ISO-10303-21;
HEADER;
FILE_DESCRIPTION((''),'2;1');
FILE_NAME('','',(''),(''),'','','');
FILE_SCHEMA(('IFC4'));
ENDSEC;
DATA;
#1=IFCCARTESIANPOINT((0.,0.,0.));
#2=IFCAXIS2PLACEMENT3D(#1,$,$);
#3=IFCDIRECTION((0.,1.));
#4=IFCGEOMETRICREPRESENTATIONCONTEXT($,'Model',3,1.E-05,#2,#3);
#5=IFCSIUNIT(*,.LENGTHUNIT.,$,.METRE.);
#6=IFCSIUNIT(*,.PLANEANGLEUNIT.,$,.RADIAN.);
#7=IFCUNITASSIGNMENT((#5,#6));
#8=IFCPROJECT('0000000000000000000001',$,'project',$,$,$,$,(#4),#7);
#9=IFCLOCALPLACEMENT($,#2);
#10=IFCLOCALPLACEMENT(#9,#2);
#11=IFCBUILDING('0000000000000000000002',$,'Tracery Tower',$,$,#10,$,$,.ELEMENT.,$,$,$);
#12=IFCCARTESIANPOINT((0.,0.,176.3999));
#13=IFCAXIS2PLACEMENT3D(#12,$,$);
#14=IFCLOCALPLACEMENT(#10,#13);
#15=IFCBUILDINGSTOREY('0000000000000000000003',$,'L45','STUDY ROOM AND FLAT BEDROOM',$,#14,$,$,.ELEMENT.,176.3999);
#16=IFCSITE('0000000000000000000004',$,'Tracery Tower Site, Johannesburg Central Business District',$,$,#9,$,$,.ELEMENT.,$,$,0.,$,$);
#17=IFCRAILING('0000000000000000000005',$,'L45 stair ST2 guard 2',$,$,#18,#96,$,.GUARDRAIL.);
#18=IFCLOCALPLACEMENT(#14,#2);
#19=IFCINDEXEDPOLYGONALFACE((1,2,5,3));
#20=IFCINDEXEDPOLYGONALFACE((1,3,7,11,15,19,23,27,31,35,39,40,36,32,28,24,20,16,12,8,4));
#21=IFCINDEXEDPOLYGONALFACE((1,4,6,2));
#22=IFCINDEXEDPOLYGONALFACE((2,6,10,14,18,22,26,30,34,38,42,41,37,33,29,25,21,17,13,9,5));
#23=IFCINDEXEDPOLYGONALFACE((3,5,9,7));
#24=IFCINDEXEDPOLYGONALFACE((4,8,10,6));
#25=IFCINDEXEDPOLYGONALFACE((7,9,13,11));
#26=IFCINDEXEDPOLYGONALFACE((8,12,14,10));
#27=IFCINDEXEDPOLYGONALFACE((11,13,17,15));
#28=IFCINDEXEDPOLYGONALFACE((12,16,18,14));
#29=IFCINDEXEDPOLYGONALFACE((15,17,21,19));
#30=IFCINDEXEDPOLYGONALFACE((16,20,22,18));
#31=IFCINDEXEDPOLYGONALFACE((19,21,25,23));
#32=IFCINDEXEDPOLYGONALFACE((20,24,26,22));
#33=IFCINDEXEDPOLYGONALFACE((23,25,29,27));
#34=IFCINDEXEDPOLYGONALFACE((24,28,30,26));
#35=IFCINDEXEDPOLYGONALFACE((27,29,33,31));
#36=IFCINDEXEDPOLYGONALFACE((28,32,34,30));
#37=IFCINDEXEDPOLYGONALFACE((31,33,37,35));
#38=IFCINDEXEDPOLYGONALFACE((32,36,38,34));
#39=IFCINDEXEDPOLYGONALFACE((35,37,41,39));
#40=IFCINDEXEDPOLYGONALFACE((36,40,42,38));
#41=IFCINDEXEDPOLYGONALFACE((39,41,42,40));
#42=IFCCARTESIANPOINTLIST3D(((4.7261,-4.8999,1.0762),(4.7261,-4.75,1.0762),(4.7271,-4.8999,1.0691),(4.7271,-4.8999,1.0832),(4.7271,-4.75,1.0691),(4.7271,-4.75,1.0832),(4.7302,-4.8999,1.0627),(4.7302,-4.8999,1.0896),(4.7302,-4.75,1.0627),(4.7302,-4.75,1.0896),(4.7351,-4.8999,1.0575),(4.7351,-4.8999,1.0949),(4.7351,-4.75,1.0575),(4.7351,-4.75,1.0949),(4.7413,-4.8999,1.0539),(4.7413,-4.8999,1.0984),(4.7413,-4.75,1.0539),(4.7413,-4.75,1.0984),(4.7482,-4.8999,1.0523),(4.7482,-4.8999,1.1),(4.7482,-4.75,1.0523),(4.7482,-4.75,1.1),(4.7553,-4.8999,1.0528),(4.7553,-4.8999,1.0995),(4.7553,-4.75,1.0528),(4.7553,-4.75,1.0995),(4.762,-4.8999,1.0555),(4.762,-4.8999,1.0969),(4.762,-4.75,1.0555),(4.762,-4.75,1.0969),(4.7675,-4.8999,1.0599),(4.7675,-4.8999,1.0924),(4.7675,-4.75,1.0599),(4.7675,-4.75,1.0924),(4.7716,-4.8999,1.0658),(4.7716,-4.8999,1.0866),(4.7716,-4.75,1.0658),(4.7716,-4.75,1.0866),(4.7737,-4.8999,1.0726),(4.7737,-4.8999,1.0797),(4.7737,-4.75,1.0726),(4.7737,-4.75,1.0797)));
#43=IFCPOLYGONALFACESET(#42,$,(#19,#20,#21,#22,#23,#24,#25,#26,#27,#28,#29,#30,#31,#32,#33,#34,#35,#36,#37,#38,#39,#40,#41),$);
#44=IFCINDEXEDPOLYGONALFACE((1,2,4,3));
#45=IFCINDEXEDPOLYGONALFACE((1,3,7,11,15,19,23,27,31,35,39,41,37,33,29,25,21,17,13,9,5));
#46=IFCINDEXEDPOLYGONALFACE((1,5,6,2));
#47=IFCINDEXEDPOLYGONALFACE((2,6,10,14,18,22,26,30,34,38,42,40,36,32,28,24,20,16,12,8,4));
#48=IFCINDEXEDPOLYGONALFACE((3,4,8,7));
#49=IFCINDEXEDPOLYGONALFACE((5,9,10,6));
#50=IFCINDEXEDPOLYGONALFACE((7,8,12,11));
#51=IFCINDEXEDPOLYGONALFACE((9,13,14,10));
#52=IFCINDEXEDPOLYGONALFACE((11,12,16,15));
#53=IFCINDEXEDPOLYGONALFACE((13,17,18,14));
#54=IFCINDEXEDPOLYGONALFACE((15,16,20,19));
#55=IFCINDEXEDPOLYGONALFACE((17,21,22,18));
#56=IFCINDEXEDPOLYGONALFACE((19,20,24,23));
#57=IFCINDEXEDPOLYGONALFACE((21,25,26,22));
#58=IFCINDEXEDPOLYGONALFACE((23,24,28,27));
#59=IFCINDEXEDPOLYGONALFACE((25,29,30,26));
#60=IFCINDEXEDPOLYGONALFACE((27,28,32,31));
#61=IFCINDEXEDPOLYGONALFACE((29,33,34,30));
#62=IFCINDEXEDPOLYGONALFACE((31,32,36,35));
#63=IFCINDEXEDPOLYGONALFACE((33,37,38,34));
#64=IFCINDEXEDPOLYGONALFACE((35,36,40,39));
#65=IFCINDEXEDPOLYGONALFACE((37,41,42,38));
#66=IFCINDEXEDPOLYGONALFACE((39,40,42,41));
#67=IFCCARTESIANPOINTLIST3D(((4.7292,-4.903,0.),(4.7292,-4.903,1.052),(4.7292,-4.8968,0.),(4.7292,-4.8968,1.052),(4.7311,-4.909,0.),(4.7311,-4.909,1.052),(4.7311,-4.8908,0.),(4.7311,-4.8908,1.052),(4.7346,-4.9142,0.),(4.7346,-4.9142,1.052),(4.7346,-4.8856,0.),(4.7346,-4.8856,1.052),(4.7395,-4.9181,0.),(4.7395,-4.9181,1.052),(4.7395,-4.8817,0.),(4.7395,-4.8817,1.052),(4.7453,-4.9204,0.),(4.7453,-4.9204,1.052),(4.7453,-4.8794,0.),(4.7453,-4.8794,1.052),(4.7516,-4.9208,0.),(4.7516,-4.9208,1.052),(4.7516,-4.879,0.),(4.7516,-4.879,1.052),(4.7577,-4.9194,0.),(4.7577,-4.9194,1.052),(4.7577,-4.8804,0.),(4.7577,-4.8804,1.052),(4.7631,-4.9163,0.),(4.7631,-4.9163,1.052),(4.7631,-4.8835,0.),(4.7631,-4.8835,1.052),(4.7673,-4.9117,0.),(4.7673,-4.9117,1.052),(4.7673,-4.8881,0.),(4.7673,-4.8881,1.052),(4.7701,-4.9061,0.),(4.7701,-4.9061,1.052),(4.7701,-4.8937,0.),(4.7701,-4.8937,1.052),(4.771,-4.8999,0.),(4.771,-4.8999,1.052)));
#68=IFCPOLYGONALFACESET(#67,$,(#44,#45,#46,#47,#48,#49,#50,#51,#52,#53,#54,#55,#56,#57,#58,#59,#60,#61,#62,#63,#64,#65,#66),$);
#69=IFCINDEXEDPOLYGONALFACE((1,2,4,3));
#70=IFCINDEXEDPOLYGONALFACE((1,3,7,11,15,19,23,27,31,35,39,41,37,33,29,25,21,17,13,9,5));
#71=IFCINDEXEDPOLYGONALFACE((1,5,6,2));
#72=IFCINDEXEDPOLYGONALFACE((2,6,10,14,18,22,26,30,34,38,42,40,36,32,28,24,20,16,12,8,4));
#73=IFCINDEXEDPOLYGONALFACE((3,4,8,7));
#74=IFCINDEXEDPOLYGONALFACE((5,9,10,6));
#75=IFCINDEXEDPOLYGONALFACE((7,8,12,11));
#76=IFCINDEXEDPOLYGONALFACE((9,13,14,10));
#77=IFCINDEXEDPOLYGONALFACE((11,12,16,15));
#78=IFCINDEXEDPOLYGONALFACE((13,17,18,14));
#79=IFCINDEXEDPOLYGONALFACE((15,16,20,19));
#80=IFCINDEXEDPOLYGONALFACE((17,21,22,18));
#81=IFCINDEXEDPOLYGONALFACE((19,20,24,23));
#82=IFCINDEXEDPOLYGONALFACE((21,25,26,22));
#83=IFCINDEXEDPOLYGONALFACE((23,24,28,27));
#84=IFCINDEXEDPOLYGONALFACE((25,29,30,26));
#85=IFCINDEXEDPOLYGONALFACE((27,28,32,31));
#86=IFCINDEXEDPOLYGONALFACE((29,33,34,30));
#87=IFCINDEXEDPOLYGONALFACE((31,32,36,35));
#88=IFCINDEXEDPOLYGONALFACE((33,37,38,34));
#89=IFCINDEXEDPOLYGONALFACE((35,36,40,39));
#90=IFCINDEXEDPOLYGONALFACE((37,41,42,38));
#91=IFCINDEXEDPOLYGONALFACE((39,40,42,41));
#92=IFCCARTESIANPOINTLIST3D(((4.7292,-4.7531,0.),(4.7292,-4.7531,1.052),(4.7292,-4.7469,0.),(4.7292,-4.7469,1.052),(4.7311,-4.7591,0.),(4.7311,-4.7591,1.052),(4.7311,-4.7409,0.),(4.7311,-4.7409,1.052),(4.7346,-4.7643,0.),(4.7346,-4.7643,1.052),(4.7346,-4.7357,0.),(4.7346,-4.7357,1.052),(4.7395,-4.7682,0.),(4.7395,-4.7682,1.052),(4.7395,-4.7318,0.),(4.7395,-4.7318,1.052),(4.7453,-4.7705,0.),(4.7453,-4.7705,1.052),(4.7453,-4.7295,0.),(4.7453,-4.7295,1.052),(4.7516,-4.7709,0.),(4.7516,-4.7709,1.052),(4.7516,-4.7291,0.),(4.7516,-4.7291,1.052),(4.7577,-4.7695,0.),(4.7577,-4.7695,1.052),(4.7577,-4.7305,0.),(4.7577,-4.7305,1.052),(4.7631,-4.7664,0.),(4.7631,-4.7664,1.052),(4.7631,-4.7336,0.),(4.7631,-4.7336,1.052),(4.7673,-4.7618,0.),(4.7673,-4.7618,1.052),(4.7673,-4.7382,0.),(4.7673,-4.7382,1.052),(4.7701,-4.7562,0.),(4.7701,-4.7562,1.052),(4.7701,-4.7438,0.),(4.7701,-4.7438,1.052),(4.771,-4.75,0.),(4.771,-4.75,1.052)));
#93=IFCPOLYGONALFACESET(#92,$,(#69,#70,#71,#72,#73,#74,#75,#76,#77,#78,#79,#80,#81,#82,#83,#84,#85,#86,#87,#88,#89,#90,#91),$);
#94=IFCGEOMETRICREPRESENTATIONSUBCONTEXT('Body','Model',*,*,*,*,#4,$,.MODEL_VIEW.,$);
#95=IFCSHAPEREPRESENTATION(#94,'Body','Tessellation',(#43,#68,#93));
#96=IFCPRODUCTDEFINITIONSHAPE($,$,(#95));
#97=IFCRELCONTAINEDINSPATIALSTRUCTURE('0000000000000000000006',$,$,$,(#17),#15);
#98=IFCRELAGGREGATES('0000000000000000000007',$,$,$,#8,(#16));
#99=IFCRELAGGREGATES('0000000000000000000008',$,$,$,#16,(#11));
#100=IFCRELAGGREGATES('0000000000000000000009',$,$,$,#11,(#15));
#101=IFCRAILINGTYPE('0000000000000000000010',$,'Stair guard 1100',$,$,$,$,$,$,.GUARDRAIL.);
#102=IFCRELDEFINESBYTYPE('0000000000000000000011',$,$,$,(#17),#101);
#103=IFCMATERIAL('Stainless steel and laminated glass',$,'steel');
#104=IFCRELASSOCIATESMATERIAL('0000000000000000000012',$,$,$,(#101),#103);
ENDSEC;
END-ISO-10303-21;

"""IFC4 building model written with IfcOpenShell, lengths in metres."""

from ifc_helpers import new_model, si_unit, direction, frame, origin, origin_2d, place, context, subcontext, project, spatial, circle, extrude, material, type_object, element, save


model = new_model("IFC4")

# Units and contexts
model_context = context("Model", 3, precision=1e-05, world=origin(), true_north=direction((0.0, 1.0)))
body_context = subcontext(model_context, "Body", "Model", "MODEL_VIEW")
ifc_project = project(units=[si_unit("LENGTHUNIT", "METRE"), si_unit("PLANEANGLEUNIT", "RADIAN")], contexts=[model_context])

# Site, building, storey
site_placement = place(None, origin())
site = spatial("IfcSite", under=ifc_project, at=site_placement, Name="Tracery Tower Site, Johannesburg Central Business District", CompositionType="ELEMENT", RefElevation=0.0)
building_placement = place(site_placement, origin())
building = spatial("IfcBuilding", under=site, at=building_placement, Name="Tracery Tower", CompositionType="ELEMENT")
storey_placement = place(building_placement, frame((0.0, 0.0, 176.3999)))
storey = spatial("IfcBuildingStorey", under=building, at=storey_placement, Name="L45", Description="STUDY ROOM AND FLAT BEDROOM", CompositionType="ELEMENT", Elevation=176.3999)

# Railing
ifc_material_1 = material(Name="Stainless steel and laminated glass", Category="steel")
railing_type_1 = type_object("IfcRailingType", Name="Stair guard 1100", PredefinedType="GUARDRAIL", material=ifc_material_1)
railing_1_placement = place(storey_placement, frame((4.75, -4.8999, 0.0)))
element("IfcRailing", 1, at=railing_1_placement, inside=storey, type_object=railing_type_1, Name="L45 stair ST2 guard 2", PredefinedType="GUARDRAIL", context=body_context, shape_type="SweptSolid", body=[
    extrude(circle(Radius=0.0239, at=origin_2d()), frame((0.0, 0.0, 1.0762), z_axis=(0.0, 1.0, 0.0), x_axis=(-1.0, 0.0, 0.0)), (0.0, 0.0, 1.0), 0.1499),
    extrude(circle(Radius=0.021, at=origin_2d()), origin(), (0.0, 0.0, 1.0), 1.052),
    extrude(circle(Radius=0.021, at=origin_2d()), frame((0.0, 0.1499, 0.0)), (0.0, 0.0, 1.0), 1.052),
])

save(model, "model.ifc")
